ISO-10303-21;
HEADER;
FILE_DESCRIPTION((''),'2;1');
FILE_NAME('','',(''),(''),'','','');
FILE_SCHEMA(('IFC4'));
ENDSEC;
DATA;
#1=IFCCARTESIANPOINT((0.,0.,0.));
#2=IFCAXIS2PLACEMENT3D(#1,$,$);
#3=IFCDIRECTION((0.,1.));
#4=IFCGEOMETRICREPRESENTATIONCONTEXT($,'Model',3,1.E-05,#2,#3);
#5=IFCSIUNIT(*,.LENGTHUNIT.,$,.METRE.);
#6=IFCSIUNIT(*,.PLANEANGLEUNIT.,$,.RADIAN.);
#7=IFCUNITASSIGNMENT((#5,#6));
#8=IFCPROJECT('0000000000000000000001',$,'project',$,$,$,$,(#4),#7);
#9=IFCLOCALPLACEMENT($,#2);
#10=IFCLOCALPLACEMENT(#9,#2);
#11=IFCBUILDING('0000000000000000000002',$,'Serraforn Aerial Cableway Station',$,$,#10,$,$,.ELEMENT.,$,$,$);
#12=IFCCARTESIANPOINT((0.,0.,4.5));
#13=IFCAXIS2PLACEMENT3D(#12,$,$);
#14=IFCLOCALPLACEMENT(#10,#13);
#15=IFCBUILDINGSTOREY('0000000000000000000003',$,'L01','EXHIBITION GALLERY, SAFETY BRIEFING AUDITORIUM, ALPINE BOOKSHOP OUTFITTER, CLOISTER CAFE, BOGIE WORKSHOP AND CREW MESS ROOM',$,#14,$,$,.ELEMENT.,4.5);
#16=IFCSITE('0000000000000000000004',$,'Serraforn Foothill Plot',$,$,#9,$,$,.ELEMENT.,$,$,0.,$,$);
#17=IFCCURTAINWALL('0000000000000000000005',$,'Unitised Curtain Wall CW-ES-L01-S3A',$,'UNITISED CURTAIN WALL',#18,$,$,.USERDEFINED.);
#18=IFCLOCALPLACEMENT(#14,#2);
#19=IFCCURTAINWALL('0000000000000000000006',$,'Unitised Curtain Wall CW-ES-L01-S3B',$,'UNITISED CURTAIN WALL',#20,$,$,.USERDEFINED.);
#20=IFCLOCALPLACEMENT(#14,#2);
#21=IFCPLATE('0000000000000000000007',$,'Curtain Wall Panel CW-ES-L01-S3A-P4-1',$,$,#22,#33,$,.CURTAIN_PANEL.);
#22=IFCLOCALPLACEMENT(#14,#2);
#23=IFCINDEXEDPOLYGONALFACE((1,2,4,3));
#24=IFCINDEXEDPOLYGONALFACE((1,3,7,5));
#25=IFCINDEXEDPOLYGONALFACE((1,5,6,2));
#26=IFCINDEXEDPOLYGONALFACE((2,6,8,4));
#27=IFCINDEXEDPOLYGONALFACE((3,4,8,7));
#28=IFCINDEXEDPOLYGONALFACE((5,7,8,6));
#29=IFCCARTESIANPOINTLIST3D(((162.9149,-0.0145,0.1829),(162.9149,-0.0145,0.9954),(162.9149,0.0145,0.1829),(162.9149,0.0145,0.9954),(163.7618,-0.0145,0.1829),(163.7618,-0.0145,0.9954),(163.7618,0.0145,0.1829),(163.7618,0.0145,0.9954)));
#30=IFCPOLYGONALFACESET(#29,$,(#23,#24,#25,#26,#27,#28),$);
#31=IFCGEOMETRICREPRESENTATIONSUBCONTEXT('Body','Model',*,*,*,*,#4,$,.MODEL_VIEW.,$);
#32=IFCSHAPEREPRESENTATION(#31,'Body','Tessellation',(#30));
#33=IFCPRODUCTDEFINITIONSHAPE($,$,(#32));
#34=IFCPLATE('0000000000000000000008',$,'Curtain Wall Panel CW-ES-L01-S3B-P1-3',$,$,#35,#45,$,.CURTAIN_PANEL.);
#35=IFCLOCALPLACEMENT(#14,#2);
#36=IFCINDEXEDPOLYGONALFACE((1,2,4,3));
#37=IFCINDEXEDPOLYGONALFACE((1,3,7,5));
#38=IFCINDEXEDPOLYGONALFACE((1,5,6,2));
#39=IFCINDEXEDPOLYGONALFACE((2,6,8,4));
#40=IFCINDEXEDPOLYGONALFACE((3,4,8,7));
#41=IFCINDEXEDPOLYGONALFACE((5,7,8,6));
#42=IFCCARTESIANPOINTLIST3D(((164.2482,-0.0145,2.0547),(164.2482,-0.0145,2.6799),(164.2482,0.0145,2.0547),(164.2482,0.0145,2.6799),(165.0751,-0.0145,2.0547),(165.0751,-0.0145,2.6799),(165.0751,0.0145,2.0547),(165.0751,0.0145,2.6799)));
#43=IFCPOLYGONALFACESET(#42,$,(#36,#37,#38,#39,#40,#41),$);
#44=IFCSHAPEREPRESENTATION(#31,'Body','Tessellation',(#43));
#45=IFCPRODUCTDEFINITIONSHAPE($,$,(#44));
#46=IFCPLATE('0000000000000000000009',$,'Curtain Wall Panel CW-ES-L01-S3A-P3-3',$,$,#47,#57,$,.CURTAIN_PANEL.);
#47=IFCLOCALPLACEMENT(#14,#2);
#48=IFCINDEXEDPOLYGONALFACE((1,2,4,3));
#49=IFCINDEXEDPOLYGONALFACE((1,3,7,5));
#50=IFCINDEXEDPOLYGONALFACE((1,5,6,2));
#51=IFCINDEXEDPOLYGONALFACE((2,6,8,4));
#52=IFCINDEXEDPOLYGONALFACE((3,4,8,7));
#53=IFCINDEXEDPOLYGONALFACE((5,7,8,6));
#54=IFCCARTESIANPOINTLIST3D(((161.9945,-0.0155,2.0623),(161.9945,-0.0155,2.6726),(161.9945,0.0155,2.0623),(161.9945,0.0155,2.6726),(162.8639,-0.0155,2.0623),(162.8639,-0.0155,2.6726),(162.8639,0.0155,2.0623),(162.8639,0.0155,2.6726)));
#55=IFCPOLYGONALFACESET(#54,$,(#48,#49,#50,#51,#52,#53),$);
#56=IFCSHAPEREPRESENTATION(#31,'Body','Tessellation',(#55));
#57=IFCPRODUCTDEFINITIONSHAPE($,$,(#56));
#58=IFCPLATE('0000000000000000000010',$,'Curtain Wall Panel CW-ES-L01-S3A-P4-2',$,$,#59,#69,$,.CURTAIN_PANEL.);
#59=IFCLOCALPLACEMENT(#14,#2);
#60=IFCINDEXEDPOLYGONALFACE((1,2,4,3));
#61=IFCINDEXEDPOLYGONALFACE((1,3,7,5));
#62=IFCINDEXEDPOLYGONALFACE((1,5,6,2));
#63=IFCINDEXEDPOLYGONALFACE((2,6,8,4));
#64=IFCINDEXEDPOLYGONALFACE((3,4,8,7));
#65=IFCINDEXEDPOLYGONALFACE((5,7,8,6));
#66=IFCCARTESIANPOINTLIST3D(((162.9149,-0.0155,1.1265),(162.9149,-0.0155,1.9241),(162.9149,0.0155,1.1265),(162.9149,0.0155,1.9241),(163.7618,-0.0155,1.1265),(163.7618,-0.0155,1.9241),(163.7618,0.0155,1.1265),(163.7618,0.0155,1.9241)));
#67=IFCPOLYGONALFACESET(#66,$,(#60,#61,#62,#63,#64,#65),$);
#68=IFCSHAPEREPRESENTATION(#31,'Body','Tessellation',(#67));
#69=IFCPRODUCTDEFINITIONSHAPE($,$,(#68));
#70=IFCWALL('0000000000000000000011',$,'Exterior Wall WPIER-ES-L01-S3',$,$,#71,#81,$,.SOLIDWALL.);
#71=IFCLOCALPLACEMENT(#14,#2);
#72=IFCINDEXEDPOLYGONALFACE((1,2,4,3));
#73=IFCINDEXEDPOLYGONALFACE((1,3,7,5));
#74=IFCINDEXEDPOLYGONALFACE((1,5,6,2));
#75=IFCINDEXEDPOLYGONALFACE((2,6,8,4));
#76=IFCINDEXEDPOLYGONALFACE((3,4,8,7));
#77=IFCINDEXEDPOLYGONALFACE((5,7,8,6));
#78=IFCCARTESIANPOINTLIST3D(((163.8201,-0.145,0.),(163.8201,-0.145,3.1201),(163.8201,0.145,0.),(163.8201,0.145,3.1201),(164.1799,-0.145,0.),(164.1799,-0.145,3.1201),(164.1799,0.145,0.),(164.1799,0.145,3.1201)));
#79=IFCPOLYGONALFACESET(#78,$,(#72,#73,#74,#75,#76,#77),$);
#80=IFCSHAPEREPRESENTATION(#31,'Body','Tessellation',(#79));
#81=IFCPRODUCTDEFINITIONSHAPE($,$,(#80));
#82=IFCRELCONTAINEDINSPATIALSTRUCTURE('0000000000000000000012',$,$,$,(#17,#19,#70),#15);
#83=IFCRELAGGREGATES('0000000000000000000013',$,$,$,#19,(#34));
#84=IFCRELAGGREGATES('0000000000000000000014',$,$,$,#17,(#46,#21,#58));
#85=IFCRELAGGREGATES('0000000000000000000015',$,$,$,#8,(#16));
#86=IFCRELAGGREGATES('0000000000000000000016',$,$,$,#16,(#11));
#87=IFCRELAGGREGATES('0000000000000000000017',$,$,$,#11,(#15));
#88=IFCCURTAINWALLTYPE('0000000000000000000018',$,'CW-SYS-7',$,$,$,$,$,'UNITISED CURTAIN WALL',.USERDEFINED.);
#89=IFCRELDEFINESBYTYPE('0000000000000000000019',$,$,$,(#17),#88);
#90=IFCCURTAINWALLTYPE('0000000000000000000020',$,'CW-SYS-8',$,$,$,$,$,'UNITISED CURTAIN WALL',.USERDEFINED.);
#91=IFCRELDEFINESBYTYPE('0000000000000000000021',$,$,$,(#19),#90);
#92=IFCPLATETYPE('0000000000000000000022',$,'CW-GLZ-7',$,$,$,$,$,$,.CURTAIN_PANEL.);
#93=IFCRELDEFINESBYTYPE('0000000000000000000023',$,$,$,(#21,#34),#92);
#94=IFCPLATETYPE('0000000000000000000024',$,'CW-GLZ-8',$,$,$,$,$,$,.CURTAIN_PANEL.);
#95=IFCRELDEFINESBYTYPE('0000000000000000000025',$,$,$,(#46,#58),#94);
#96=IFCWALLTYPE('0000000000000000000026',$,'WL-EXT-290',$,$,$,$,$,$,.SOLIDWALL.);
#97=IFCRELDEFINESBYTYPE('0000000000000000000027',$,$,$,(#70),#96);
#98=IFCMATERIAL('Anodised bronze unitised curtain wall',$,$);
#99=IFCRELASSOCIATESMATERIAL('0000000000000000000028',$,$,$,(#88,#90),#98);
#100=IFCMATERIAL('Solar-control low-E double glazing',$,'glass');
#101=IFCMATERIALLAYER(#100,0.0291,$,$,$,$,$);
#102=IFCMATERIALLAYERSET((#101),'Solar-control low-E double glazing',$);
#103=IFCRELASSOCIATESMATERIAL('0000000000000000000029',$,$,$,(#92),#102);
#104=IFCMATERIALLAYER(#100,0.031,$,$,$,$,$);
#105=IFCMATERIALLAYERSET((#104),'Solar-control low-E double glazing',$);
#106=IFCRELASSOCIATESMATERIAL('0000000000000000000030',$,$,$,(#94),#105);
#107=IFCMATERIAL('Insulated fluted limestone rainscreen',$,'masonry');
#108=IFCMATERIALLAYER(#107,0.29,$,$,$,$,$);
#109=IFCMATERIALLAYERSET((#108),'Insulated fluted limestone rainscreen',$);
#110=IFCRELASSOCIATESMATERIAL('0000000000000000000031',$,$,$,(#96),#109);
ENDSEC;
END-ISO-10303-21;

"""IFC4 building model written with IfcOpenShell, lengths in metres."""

from ifc_helpers import new_model, si_unit, direction, frame, frame_2d, origin, origin_2d, place, context, subcontext, project, spatial, rectangle, extrude, material, layer, layer_set, type_object, element, aggregate, save


model = new_model("IFC4")

# Units and contexts
model_context = context("Model", 3, precision=1e-05, world=origin(), true_north=direction((0.0, 1.0)))
body_context = subcontext(model_context, "Body", "Model", "MODEL_VIEW")
ifc_project = project(units=[si_unit("LENGTHUNIT", "METRE"), si_unit("PLANEANGLEUNIT", "RADIAN")], contexts=[model_context])

# Site, building, storey
site_placement = place(None, origin())
site = spatial("IfcSite", under=ifc_project, at=site_placement, Name="Serraforn Foothill Plot", CompositionType="ELEMENT", RefElevation=0.0)
building_placement = place(site_placement, origin())
building = spatial("IfcBuilding", under=site, at=building_placement, Name="Serraforn Aerial Cableway Station", CompositionType="ELEMENT")
storey_placement = place(building_placement, frame((0.0, 0.0, 4.5)))
storey = spatial("IfcBuildingStorey", under=building, at=storey_placement, Name="L01", Description="EXHIBITION GALLERY, SAFETY BRIEFING AUDITORIUM, ALPINE BOOKSHOP OUTFITTER, CLOISTER CAFE, BOGIE WORKSHOP AND CREW MESS ROOM", CompositionType="ELEMENT", Elevation=4.5)

# Curtain wall
ifc_material_1 = material(Name="Anodised bronze unitised curtain wall")
curtain_wall_type_1 = type_object("IfcCurtainWallType", Name="CW-SYS-7", ElementType="UNITISED CURTAIN WALL", PredefinedType="USERDEFINED", material=ifc_material_1)
curtain_wall_1_placement = place(storey_placement, origin())
curtain_wall_1 = element("IfcCurtainWall", 1, at=curtain_wall_1_placement, inside=storey, type_object=curtain_wall_type_1, Name="Unitised Curtain Wall CW-ES-L01-S3A", ObjectType="UNITISED CURTAIN WALL", PredefinedType="USERDEFINED")

# Curtain wall
curtain_wall_type_2 = type_object("IfcCurtainWallType", Name="CW-SYS-8", ElementType="UNITISED CURTAIN WALL", PredefinedType="USERDEFINED", material=ifc_material_1)
curtain_wall_2_placement = place(storey_placement, origin())
curtain_wall_2 = element("IfcCurtainWall", 2, at=curtain_wall_2_placement, inside=storey, type_object=curtain_wall_type_2, Name="Unitised Curtain Wall CW-ES-L01-S3B", ObjectType="UNITISED CURTAIN WALL", PredefinedType="USERDEFINED")

# Plates
ifc_material_2 = material(Name="Solar-control low-E double glazing", Category="glass")
ifc_layer_1 = layer(ifc_material_2, 0.0291)
ifc_layer_set_1 = layer_set([ifc_layer_1], Name="Solar-control low-E double glazing")
plate_type_1 = type_object("IfcPlateType", Name="CW-GLZ-7", PredefinedType="CURTAIN_PANEL", material=ifc_layer_set_1)
plate_1_placement = place(storey_placement, frame((163.3384, 0.0, 0.1829), z_axis=(0.0, 0.0, 1.0), x_axis=(1.0, 0.0, 0.0)))
plate_1 = element("IfcPlate", 3, at=plate_1_placement, type_object=plate_type_1, Name="Curtain Wall Panel CW-ES-L01-S3A-P4-1", PredefinedType="CURTAIN_PANEL", context=body_context, shape_type="SweptSolid", body=[
    extrude(rectangle(XDim=0.8469, YDim=0.0291, at=origin_2d()), origin(), (0.0, 0.0, 1.0), 0.8125),
])
plate_2_placement = place(storey_placement, frame((164.6616, 0.0, 2.0547), z_axis=(0.0, 0.0, 1.0), x_axis=(1.0, 0.0, 0.0)))
plate_2 = element("IfcPlate", 4, at=plate_2_placement, type_object=plate_type_1, Name="Curtain Wall Panel CW-ES-L01-S3B-P1-3", PredefinedType="CURTAIN_PANEL", context=body_context, shape_type="SweptSolid", body=[
    extrude(rectangle(XDim=0.8269, YDim=0.0291, at=origin_2d()), origin(), (0.0, 0.0, 1.0), 0.6252),
])
aggregate(curtain_wall_2, [plate_2])
ifc_layer_2 = layer(ifc_material_2, 0.031)
ifc_layer_set_2 = layer_set([ifc_layer_2], Name="Solar-control low-E double glazing")
plate_type_2 = type_object("IfcPlateType", Name="CW-GLZ-8", PredefinedType="CURTAIN_PANEL", material=ifc_layer_set_2)
plate_3_placement = place(storey_placement, frame((162.4292, 0.0, 2.0623), z_axis=(0.0, 0.0, 1.0), x_axis=(1.0, 0.0, 0.0)))
plate_3 = element("IfcPlate", 5, at=plate_3_placement, type_object=plate_type_2, Name="Curtain Wall Panel CW-ES-L01-S3A-P3-3", PredefinedType="CURTAIN_PANEL", context=body_context, shape_type="SweptSolid", body=[
    extrude(rectangle(XDim=0.8694, YDim=0.031, at=origin_2d()), origin(), (0.0, 0.0, 1.0), 0.6104),
])
plate_4_placement = place(storey_placement, frame((163.3384, 0.0, 1.1265), z_axis=(0.0, 0.0, 1.0), x_axis=(1.0, 0.0, 0.0)))
plate_4 = element("IfcPlate", 6, at=plate_4_placement, type_object=plate_type_2, Name="Curtain Wall Panel CW-ES-L01-S3A-P4-2", PredefinedType="CURTAIN_PANEL", context=body_context, shape_type="SweptSolid", body=[
    extrude(rectangle(XDim=0.8469, YDim=0.031, at=origin_2d()), origin(), (0.0, 0.0, 1.0), 0.7976),
])
aggregate(curtain_wall_1, [plate_3, plate_1, plate_4])

# Wall
ifc_material_3 = material(Name="Insulated fluted limestone rainscreen", Category="masonry")
ifc_layer_3 = layer(ifc_material_3, 0.29)
ifc_layer_set_3 = layer_set([ifc_layer_3], Name="Insulated fluted limestone rainscreen")
wall_type = type_object("IfcWallType", Name="WL-EXT-290", PredefinedType="SOLIDWALL", material=ifc_layer_set_3)
wall_placement = place(storey_placement, frame((163.8201, 0.0, 0.0), z_axis=(0.0, 0.0, 1.0), x_axis=(1.0, 0.0, 0.0)))
element("IfcWall", 7, at=wall_placement, inside=storey, type_object=wall_type, Name="Exterior Wall WPIER-ES-L01-S3", PredefinedType="SOLIDWALL", context=body_context, shape_type="SweptSolid", body=[
    extrude(rectangle(XDim=0.3599, YDim=0.29, at=frame_2d((0.1799, 0.0))), origin(), (0.0, 0.0, 1.0), 3.1201),
])

save(model, "model.ifc")
